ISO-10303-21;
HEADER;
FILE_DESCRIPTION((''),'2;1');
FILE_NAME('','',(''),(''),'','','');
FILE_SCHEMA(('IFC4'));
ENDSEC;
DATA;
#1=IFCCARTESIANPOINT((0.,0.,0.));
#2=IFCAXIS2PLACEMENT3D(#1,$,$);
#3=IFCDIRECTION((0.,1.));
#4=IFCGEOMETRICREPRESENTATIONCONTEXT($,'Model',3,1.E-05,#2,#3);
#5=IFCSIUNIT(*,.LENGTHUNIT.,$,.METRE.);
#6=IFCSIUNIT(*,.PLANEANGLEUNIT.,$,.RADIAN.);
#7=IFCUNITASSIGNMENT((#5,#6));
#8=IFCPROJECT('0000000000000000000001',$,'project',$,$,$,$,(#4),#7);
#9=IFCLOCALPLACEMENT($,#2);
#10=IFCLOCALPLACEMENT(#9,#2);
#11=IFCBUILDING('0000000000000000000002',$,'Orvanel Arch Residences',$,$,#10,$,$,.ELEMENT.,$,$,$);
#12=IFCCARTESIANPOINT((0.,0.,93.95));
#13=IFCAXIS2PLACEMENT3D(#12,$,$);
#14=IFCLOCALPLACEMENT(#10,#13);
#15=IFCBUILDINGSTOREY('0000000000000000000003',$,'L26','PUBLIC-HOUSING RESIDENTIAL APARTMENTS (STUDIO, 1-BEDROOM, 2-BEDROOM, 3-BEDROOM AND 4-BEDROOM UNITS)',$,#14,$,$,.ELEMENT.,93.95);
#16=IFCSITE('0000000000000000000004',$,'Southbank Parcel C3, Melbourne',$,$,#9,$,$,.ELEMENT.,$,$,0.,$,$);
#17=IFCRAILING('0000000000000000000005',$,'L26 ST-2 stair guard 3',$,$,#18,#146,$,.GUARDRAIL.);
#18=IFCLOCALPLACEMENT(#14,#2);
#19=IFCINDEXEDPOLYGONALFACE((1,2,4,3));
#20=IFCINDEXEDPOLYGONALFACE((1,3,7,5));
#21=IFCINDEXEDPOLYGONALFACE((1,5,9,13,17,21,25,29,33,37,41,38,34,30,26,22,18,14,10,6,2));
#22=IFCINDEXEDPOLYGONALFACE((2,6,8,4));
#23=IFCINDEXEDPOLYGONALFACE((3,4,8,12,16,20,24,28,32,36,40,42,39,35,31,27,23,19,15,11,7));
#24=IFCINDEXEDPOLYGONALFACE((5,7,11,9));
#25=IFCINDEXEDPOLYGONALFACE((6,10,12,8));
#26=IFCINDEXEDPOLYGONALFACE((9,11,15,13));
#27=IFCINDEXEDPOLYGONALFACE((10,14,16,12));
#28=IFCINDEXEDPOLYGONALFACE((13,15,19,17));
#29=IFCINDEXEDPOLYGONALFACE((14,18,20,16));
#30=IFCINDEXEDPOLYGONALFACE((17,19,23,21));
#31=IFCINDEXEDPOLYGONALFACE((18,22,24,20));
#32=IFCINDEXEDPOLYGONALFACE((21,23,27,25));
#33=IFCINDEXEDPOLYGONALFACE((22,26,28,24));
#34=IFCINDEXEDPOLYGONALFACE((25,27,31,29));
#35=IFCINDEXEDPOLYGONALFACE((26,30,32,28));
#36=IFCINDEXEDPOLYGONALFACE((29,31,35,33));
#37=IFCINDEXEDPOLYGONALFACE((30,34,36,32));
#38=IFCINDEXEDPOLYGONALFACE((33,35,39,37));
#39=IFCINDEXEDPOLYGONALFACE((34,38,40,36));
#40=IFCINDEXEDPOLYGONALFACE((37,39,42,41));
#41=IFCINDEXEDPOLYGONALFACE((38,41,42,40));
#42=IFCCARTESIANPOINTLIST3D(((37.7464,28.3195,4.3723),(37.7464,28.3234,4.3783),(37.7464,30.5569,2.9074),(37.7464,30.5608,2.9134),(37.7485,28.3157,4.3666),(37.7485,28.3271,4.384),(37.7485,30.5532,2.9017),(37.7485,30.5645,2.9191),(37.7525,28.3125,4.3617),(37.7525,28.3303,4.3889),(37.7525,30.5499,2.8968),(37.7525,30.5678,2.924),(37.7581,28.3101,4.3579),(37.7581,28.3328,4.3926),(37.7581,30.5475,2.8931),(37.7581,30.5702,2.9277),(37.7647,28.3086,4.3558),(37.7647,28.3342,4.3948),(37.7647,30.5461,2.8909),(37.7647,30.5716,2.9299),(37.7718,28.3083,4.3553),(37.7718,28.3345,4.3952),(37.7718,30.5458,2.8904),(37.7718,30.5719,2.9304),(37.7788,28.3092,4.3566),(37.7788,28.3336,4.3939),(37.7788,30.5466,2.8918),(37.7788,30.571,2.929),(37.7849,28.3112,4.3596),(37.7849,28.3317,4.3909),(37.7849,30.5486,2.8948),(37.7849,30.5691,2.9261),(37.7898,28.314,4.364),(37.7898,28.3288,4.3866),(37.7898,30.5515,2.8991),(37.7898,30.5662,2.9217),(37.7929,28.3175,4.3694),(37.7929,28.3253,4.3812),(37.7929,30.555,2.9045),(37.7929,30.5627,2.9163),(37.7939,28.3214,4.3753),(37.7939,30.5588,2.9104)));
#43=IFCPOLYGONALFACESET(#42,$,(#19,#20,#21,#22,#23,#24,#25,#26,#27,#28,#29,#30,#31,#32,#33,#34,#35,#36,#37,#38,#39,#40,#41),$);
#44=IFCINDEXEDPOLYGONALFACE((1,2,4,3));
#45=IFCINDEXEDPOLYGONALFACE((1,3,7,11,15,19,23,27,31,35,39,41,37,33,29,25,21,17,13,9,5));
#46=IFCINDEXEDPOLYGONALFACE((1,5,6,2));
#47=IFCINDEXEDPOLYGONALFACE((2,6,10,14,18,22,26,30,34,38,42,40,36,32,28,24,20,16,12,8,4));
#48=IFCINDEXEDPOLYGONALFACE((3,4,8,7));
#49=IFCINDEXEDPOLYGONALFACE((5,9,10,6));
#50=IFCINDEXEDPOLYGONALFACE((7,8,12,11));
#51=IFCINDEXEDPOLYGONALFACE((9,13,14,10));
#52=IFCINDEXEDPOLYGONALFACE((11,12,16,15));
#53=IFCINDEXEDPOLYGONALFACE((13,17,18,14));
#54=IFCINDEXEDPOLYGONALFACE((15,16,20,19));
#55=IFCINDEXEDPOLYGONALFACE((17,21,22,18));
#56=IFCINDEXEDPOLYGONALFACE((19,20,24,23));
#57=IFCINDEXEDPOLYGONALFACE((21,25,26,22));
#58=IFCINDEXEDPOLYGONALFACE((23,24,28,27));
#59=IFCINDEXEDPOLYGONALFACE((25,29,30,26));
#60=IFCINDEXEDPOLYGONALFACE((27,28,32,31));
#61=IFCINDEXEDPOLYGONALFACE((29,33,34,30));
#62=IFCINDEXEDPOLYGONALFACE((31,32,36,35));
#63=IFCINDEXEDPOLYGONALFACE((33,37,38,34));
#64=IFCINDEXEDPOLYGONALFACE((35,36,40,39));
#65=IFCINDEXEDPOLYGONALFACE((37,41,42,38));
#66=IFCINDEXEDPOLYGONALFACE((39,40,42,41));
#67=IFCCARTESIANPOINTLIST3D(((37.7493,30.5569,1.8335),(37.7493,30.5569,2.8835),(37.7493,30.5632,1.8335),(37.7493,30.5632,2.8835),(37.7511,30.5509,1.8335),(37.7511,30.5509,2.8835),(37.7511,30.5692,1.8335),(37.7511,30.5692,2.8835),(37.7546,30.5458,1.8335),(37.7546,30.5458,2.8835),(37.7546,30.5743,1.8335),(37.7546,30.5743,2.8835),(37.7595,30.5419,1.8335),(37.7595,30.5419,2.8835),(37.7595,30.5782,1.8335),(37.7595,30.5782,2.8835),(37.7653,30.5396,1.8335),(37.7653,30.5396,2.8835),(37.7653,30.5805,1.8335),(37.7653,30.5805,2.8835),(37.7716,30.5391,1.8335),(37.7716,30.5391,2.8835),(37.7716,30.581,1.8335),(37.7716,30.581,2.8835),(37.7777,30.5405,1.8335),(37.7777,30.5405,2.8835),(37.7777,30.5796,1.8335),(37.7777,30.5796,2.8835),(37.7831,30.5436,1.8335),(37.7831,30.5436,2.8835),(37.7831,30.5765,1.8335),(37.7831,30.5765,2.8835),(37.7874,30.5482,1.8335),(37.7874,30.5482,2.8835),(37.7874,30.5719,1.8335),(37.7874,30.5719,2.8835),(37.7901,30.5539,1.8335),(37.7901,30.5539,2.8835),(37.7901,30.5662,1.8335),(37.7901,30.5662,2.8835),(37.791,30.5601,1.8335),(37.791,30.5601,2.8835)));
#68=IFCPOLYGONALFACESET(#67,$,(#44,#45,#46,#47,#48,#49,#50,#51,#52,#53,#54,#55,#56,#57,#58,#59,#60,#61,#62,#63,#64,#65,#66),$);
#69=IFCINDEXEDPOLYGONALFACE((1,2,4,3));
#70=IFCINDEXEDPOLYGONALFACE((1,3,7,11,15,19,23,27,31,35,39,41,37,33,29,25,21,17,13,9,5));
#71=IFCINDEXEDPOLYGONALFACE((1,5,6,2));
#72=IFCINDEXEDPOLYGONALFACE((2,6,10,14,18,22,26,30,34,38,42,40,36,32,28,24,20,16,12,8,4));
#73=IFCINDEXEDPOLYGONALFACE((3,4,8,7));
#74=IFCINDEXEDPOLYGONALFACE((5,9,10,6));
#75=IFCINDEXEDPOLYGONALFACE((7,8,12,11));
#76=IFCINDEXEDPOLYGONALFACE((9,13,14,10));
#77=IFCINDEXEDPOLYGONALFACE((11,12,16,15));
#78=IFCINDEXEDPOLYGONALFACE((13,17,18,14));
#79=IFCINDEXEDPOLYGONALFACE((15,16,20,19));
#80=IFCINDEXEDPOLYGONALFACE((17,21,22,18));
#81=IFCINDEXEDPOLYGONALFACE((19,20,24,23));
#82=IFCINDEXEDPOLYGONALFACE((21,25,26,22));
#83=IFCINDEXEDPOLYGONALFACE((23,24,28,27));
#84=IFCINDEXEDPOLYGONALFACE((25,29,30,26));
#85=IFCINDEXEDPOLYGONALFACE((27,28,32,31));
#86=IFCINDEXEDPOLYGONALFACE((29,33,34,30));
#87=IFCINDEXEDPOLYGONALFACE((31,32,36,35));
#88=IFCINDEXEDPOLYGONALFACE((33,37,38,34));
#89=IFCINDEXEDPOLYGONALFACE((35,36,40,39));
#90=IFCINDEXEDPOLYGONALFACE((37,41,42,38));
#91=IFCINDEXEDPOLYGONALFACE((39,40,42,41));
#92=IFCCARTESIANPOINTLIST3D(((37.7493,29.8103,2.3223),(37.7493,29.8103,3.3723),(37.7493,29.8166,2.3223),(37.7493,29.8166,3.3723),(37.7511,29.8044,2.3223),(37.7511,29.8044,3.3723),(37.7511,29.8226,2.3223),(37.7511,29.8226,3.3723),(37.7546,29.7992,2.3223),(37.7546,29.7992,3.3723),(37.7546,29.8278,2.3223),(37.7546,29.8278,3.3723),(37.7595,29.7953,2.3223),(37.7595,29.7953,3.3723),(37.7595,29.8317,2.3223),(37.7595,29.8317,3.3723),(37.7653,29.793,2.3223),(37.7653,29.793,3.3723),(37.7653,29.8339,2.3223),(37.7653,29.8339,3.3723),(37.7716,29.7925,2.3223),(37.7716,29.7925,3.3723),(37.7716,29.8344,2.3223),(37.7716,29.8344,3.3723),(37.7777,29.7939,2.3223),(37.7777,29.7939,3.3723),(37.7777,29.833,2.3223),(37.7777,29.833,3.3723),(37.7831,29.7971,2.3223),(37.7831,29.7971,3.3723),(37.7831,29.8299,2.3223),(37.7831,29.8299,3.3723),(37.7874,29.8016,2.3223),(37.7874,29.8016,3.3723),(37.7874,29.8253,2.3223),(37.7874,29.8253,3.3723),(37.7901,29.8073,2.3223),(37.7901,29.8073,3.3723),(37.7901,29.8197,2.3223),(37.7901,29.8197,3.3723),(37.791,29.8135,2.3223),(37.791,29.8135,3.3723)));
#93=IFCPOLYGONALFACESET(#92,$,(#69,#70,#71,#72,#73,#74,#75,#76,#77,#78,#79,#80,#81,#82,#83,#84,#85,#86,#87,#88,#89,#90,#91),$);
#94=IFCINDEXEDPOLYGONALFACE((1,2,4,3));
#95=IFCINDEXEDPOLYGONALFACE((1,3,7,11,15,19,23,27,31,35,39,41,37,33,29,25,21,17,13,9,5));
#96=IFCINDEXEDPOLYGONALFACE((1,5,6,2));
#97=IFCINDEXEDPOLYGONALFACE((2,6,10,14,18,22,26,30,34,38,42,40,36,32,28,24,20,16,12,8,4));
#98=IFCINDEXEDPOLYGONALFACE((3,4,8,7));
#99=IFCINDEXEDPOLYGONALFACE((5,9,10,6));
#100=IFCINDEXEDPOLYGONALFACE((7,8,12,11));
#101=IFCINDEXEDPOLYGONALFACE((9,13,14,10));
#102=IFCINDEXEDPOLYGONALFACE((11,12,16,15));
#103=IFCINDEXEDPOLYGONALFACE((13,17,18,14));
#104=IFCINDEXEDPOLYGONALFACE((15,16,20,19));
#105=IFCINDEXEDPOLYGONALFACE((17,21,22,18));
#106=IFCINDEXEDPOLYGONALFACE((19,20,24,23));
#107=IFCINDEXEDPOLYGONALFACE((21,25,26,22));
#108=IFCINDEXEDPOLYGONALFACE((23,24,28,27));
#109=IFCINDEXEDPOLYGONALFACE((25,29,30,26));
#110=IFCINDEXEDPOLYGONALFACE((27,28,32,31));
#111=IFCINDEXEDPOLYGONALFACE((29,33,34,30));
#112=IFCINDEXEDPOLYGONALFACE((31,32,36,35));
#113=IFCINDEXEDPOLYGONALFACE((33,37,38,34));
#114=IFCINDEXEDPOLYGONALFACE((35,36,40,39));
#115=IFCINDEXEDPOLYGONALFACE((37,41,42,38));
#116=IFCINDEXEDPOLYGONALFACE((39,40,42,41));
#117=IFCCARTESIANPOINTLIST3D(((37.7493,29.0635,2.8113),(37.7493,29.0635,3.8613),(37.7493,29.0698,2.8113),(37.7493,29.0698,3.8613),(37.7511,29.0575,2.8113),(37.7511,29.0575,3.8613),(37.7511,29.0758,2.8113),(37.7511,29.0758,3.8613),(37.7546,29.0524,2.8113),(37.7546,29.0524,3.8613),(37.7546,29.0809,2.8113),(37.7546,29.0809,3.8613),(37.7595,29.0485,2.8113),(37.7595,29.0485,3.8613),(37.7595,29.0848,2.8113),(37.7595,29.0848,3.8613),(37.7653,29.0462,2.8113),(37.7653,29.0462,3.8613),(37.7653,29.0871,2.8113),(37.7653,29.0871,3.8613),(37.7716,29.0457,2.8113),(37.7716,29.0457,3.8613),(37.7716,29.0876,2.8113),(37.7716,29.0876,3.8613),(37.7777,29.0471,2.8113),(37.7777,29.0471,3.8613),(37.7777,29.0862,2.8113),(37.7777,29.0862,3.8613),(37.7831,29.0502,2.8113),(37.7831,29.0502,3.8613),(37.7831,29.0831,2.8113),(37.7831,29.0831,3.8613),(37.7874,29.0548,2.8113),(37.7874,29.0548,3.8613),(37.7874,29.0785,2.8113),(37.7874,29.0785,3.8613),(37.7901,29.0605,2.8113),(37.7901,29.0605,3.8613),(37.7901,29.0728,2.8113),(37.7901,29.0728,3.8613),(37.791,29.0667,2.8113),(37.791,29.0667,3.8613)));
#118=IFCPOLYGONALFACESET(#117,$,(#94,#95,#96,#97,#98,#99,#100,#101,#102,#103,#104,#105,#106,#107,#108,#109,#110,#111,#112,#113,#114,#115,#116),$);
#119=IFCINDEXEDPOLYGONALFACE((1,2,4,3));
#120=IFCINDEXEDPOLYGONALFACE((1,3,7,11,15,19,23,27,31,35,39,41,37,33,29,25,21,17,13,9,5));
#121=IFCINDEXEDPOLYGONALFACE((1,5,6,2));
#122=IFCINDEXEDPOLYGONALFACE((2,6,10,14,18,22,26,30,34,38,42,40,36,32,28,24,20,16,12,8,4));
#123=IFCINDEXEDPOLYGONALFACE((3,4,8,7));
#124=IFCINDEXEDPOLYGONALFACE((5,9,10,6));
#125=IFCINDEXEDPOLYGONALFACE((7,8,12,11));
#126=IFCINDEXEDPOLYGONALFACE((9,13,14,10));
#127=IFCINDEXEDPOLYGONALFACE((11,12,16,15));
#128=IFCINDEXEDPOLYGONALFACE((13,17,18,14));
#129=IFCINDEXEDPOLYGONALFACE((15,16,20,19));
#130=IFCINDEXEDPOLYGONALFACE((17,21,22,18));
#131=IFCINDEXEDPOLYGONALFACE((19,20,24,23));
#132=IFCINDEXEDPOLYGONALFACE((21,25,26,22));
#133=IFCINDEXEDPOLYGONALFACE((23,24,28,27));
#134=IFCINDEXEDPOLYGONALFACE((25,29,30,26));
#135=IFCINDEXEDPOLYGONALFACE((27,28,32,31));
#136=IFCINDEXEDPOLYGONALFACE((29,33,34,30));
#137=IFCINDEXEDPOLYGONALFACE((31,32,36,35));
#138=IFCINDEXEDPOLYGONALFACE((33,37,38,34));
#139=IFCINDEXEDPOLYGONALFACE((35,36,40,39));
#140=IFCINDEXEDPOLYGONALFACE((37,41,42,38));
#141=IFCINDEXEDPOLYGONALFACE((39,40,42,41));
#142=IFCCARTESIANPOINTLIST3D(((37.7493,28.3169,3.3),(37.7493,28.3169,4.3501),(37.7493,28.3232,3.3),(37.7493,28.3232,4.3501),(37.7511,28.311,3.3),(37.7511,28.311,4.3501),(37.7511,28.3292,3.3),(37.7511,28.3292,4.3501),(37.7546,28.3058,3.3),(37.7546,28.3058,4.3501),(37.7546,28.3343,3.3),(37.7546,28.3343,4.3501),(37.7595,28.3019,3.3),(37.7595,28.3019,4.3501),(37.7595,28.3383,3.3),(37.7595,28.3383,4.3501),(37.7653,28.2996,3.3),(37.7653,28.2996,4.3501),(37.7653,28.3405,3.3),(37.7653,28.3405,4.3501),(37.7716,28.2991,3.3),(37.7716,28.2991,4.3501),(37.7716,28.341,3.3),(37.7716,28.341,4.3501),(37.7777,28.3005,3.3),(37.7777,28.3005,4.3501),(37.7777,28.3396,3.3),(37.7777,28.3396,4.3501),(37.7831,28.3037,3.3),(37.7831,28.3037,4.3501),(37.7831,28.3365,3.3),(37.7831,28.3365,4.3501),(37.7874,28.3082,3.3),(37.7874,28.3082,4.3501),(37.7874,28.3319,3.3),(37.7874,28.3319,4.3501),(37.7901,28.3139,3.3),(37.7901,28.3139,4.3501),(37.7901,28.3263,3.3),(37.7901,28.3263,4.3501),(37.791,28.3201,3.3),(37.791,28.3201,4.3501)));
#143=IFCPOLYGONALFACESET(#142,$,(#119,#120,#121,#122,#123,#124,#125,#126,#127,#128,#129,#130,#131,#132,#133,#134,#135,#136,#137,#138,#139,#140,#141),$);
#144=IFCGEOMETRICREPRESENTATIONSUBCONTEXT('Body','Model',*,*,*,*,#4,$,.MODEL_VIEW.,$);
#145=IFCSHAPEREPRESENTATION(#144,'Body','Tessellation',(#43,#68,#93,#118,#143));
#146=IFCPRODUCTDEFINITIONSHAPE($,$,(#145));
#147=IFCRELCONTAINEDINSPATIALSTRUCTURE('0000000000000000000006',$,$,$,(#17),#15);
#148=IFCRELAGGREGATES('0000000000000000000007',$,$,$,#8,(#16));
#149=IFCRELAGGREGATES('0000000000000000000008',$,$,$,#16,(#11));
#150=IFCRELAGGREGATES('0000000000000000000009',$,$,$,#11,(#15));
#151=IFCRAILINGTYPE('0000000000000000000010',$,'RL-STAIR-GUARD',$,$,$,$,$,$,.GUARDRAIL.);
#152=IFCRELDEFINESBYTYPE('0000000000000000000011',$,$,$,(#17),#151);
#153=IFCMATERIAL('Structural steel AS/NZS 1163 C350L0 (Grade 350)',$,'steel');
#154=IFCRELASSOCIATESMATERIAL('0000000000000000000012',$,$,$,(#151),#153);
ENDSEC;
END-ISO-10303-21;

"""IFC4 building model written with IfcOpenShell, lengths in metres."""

from ifc_helpers import new_model, si_unit, direction, frame, origin, origin_2d, place, context, subcontext, project, spatial, circle, extrude, material, type_object, element, save


model = new_model("IFC4")

# Units and contexts
model_context = context("Model", 3, precision=1e-05, world=origin(), true_north=direction((0.0, 1.0)))
body_context = subcontext(model_context, "Body", "Model", "MODEL_VIEW")
ifc_project = project(units=[si_unit("LENGTHUNIT", "METRE"), si_unit("PLANEANGLEUNIT", "RADIAN")], contexts=[model_context])

# Site, building, storey
site_placement = place(None, origin())
site = spatial("IfcSite", under=ifc_project, at=site_placement, Name="Southbank Parcel C3, Melbourne", CompositionType="ELEMENT", RefElevation=0.0)
building_placement = place(site_placement, origin())
building = spatial("IfcBuilding", under=site, at=building_placement, Name="Orvanel Arch Residences", CompositionType="ELEMENT")
storey_placement = place(building_placement, frame((0.0, 0.0, 93.95)))
storey = spatial("IfcBuildingStorey", under=building, at=storey_placement, Name="L26", Description="PUBLIC-HOUSING RESIDENTIAL APARTMENTS (STUDIO, 1-BEDROOM, 2-BEDROOM, 3-BEDROOM AND 4-BEDROOM UNITS)", CompositionType="ELEMENT", Elevation=93.95)

# Railing
ifc_material_1 = material(Name="Structural steel AS/NZS 1163 C350L0 (Grade 350)", Category="steel")
railing_type_1 = type_object("IfcRailingType", Name="RL-STAIR-GUARD", PredefinedType="GUARDRAIL", material=ifc_material_1)
railing_1_placement = place(storey_placement, frame((37.77, 30.5601, 1.8335)))
element("IfcRailing", 1, at=railing_1_placement, inside=storey, type_object=railing_type_1, Name="L26 ST-2 stair guard 3", PredefinedType="GUARDRAIL", context=body_context, shape_type="SweptSolid", body=[
    extrude(circle(Radius=0.0239, at=origin_2d()), frame((0.0, -0.0012, 1.0769), z_axis=(0.0, -0.836637, 0.547758), x_axis=(1.0, 0.0, 0.0)), (0.0, 0.0, 1.0), 2.6743),
    extrude(circle(Radius=0.021, at=origin_2d()), origin(), (0.0, 0.0, 1.0), 1.05),
    extrude(circle(Radius=0.021, at=origin_2d()), frame((0.0, -0.7466, 0.4888)), (0.0, 0.0, 1.0), 1.05),
    extrude(circle(Radius=0.021, at=origin_2d()), frame((0.0, -1.4934, 0.9778)), (0.0, 0.0, 1.0), 1.05),
    extrude(circle(Radius=0.021, at=origin_2d()), frame((0.0, -2.24, 1.4666)), (0.0, 0.0, 1.0), 1.05),
])

save(model, "model.ifc")
